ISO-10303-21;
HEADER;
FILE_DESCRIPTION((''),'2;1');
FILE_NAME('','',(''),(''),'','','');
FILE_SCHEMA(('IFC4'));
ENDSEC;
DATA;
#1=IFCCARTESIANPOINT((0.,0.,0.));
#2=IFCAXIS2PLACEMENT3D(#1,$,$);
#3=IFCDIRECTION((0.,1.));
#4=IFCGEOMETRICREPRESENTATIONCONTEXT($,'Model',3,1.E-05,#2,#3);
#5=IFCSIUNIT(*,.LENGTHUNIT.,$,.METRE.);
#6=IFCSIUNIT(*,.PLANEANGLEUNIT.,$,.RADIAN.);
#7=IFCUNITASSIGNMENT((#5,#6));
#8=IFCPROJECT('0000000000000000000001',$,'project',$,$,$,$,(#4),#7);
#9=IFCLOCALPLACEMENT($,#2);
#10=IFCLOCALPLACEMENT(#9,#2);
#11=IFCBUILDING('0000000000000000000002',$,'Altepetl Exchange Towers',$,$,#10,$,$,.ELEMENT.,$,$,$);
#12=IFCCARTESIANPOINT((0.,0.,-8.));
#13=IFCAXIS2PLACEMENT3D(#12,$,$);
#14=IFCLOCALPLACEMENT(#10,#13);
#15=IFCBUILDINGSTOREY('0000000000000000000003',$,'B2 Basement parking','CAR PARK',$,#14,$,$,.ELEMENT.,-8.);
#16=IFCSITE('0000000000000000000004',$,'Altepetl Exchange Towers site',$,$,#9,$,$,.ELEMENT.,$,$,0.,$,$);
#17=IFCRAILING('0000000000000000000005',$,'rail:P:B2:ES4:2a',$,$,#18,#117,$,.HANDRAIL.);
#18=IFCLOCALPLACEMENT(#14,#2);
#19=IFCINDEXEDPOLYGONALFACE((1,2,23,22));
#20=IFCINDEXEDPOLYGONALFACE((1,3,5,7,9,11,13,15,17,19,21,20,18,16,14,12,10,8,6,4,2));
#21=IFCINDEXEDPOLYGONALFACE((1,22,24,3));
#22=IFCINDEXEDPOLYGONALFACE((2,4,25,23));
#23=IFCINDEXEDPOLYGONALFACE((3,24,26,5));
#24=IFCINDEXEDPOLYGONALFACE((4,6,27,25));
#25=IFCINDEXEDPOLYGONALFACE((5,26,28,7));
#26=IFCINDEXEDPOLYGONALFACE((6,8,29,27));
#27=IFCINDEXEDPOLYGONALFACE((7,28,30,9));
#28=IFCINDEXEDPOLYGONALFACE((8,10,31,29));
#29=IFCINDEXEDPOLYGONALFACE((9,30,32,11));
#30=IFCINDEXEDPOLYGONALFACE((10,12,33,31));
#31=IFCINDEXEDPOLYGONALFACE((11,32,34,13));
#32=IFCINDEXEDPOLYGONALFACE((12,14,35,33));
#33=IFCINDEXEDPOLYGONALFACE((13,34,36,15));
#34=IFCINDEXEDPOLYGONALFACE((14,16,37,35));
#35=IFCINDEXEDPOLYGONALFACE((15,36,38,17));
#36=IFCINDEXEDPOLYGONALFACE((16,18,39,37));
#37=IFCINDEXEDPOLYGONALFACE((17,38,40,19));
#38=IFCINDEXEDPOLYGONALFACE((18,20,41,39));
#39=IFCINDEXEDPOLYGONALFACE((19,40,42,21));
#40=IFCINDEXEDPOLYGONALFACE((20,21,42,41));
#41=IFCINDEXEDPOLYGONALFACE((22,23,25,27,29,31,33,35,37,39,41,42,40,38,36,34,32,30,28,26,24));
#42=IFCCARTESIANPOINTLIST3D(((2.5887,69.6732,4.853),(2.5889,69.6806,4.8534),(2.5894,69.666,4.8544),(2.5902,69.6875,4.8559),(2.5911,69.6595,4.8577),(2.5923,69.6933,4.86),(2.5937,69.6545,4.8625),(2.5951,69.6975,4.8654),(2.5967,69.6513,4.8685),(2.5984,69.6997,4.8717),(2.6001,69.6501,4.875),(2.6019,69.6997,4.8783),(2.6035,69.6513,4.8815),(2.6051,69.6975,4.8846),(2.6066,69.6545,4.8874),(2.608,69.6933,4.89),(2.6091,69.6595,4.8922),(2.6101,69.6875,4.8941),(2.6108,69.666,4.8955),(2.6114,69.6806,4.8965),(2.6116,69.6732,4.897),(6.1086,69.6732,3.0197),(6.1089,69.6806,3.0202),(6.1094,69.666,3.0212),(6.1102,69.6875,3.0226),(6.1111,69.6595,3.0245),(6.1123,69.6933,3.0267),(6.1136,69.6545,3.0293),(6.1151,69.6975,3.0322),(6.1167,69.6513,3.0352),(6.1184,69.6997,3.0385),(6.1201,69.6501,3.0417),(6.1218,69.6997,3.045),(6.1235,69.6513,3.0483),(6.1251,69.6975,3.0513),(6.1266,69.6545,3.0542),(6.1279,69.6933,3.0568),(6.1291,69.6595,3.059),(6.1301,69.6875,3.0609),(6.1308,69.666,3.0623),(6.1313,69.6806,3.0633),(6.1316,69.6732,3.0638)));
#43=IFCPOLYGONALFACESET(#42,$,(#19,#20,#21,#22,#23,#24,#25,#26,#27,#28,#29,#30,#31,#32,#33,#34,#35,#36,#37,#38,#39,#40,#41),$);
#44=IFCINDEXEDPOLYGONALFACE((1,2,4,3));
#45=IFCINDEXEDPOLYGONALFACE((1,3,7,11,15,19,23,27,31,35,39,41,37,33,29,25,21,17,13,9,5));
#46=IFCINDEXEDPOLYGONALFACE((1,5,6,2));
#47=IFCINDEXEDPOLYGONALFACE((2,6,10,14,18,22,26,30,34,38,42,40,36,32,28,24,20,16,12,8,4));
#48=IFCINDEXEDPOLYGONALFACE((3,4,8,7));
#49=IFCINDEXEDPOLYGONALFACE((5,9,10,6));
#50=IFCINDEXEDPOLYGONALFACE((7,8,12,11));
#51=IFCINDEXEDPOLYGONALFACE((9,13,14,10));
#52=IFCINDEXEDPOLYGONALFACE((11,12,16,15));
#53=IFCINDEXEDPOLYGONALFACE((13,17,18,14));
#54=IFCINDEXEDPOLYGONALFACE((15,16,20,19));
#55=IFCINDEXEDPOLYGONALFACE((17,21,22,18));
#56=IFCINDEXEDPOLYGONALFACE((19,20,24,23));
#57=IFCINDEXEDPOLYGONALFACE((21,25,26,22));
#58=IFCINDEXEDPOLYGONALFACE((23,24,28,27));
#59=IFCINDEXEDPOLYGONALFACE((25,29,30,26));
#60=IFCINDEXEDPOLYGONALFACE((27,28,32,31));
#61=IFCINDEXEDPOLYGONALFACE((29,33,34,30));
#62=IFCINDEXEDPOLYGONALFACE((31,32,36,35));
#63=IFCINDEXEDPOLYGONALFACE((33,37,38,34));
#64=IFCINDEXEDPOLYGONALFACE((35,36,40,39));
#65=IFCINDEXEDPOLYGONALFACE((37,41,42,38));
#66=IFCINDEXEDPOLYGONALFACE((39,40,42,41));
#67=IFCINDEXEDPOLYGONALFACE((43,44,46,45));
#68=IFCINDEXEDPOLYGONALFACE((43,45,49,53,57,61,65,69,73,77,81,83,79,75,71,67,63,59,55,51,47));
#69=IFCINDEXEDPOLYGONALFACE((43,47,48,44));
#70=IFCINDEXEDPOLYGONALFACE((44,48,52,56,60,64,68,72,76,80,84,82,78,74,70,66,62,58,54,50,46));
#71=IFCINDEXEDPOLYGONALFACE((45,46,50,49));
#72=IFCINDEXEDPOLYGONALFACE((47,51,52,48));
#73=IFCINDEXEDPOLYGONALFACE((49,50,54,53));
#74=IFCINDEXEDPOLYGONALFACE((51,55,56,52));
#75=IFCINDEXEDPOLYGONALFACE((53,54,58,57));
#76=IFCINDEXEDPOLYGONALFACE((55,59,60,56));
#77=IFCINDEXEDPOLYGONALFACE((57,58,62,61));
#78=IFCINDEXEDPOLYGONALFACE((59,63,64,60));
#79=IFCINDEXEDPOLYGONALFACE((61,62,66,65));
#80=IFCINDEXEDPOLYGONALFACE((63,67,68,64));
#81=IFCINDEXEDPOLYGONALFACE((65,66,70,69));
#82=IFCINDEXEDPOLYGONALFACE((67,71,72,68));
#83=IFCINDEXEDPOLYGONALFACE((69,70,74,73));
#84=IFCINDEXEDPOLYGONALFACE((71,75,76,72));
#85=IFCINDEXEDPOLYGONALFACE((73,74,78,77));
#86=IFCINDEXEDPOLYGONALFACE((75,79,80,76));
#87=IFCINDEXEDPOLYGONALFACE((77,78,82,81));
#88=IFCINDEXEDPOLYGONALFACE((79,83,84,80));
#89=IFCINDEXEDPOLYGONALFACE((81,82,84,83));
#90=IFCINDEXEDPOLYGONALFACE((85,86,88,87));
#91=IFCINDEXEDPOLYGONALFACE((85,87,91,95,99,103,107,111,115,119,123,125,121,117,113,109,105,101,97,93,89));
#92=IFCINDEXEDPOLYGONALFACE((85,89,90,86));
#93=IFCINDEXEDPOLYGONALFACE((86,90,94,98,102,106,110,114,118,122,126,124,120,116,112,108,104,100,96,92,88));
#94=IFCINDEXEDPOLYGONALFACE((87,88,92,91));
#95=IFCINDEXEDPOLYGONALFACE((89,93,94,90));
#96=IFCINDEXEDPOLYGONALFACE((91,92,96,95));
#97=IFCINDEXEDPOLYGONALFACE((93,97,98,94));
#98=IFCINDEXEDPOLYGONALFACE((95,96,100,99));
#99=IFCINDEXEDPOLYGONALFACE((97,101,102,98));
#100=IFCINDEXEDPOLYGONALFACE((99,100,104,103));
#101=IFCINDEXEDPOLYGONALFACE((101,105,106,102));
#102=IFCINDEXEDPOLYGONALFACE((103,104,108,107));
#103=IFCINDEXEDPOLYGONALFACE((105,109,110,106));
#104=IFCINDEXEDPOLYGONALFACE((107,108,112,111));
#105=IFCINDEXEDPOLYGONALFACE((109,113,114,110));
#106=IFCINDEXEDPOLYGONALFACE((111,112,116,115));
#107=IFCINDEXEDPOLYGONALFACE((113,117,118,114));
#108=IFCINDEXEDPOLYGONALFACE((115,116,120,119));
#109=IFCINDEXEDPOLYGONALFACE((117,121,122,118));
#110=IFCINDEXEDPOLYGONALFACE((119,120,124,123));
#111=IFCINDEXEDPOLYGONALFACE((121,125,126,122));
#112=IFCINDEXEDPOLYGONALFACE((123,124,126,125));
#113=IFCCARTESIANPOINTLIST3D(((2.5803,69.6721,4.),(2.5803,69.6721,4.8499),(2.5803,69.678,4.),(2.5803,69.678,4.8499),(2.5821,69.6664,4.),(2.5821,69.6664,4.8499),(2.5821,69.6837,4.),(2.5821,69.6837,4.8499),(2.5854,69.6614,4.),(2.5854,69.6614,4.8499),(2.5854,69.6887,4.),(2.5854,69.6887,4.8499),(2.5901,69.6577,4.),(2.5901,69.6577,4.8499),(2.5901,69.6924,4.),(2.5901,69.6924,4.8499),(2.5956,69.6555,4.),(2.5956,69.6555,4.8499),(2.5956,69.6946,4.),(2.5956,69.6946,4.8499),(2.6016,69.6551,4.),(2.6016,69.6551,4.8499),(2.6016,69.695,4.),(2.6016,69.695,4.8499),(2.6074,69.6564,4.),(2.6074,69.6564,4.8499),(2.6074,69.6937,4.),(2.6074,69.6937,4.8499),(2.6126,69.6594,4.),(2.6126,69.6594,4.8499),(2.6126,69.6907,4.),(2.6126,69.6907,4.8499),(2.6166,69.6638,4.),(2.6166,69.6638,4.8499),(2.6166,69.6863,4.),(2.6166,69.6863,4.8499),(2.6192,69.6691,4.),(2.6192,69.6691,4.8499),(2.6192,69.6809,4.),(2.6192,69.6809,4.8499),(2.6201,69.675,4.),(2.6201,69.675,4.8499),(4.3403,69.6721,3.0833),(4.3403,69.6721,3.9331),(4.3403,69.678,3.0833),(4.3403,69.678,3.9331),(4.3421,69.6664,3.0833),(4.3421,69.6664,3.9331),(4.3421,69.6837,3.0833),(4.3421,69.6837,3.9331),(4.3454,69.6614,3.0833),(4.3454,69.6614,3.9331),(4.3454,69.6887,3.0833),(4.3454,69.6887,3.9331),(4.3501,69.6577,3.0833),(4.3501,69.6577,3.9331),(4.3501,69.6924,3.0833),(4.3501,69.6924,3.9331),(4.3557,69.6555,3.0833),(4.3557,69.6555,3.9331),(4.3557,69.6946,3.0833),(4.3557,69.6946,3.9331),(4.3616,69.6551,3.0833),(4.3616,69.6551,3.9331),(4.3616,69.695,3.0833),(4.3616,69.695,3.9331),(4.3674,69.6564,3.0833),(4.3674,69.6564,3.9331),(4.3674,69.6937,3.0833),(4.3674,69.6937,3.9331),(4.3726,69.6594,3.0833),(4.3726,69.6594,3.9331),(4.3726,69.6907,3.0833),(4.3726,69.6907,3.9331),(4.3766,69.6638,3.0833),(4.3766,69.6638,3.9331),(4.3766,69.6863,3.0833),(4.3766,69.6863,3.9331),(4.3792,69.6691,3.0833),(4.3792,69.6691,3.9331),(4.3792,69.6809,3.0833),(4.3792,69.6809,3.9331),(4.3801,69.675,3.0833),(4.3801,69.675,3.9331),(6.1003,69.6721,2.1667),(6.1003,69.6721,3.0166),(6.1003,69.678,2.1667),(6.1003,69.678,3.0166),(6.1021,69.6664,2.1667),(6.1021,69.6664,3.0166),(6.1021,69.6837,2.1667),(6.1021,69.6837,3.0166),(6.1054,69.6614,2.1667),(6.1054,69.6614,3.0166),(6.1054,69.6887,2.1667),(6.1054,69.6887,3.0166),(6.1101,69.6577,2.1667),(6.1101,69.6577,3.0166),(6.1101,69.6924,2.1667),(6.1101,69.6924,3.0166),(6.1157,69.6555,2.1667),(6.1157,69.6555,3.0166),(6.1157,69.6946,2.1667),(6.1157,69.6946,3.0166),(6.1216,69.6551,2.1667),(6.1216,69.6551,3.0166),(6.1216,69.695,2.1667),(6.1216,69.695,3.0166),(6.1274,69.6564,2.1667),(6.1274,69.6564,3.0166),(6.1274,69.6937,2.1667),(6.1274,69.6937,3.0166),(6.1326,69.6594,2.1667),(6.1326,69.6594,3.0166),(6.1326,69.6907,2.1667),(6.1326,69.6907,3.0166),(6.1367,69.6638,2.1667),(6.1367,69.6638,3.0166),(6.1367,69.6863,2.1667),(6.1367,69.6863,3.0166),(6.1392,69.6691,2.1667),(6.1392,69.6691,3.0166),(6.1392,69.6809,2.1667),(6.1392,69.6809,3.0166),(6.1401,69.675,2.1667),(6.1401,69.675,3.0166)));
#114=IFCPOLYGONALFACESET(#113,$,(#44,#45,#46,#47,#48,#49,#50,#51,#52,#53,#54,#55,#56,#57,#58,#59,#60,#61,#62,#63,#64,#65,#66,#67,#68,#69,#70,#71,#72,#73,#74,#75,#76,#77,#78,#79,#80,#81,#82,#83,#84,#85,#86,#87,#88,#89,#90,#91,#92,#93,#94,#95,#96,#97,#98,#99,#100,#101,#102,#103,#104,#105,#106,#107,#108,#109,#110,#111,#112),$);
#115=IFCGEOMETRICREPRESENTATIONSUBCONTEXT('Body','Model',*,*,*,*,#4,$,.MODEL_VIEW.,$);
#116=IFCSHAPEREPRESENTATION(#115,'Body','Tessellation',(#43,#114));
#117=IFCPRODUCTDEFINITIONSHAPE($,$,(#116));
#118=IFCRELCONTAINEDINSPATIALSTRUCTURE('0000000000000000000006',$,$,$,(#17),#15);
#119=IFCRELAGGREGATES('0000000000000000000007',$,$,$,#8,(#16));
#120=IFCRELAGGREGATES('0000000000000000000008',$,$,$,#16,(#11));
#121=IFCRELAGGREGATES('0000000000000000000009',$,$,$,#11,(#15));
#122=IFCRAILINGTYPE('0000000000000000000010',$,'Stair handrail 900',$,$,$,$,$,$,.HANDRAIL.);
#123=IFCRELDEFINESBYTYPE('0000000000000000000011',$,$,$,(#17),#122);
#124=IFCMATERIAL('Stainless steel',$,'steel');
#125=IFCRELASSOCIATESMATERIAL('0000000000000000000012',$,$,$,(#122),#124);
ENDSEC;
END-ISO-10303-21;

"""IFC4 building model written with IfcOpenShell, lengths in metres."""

from ifc_helpers import new_model, si_unit, direction, frame, origin, origin_2d, place, context, subcontext, project, spatial, circle, extrude, source, transform, mapped, material, type_object, element, save


model = new_model("IFC4")

# Units and contexts
model_context = context("Model", 3, precision=1e-05, world=origin(), true_north=direction((0.0, 1.0)))
body_context = subcontext(model_context, "Body", "Model", "MODEL_VIEW")
ifc_project = project(units=[si_unit("LENGTHUNIT", "METRE"), si_unit("PLANEANGLEUNIT", "RADIAN")], contexts=[model_context])

# Site, building, storey
site_placement = place(None, origin())
site = spatial("IfcSite", under=ifc_project, at=site_placement, Name="Altepetl Exchange Towers site", CompositionType="ELEMENT", RefElevation=0.0)
building_placement = place(site_placement, origin())
building = spatial("IfcBuilding", under=site, at=building_placement, Name="Altepetl Exchange Towers", CompositionType="ELEMENT")
storey_placement = place(building_placement, frame((0.0, 0.0, -8.0)))
storey = spatial("IfcBuildingStorey", under=building, at=storey_placement, Name="B2 Basement parking", Description="CAR PARK", CompositionType="ELEMENT", Elevation=-8.0)

# Railing
ifc_material_1 = material(Name="Stainless steel", Category="steel")
railing_type_1 = type_object("IfcRailingType", Name="Stair handrail 900", PredefinedType="HANDRAIL", material=ifc_material_1)
shared_shape_1 = source(origin(), body_context, "Body", "SweptSolid", [
    extrude(circle(Radius=0.02, at=origin_2d()), origin(), (0.0, 0.0, 1.0), 0.8499),
])
railing_1_placement = place(storey_placement, frame((6.1201, 69.675, 2.1667)))
element("IfcRailing", 1, at=railing_1_placement, inside=storey, type_object=railing_type_1, Name="rail:P:B2:ES4:2a", PredefinedType="HANDRAIL", context=body_context, shape_type="SweptSolid", body=[
    extrude(circle(Radius=0.0249, at=origin_2d()), frame((0.0, 0.0, 0.875), z_axis=(-0.886924, 0.0, 0.461916), x_axis=(0.0, -1.0, 0.0)), (0.0, 0.0, 1.0), 3.9688),
    mapped(shared_shape_1, transform((0.0, 0.0, 0.0))),
    mapped(shared_shape_1, transform((-1.76, 0.0, 0.9165))),
    mapped(shared_shape_1, transform((-3.52, 0.0, 1.8333))),
])

save(model, "model.ifc")
